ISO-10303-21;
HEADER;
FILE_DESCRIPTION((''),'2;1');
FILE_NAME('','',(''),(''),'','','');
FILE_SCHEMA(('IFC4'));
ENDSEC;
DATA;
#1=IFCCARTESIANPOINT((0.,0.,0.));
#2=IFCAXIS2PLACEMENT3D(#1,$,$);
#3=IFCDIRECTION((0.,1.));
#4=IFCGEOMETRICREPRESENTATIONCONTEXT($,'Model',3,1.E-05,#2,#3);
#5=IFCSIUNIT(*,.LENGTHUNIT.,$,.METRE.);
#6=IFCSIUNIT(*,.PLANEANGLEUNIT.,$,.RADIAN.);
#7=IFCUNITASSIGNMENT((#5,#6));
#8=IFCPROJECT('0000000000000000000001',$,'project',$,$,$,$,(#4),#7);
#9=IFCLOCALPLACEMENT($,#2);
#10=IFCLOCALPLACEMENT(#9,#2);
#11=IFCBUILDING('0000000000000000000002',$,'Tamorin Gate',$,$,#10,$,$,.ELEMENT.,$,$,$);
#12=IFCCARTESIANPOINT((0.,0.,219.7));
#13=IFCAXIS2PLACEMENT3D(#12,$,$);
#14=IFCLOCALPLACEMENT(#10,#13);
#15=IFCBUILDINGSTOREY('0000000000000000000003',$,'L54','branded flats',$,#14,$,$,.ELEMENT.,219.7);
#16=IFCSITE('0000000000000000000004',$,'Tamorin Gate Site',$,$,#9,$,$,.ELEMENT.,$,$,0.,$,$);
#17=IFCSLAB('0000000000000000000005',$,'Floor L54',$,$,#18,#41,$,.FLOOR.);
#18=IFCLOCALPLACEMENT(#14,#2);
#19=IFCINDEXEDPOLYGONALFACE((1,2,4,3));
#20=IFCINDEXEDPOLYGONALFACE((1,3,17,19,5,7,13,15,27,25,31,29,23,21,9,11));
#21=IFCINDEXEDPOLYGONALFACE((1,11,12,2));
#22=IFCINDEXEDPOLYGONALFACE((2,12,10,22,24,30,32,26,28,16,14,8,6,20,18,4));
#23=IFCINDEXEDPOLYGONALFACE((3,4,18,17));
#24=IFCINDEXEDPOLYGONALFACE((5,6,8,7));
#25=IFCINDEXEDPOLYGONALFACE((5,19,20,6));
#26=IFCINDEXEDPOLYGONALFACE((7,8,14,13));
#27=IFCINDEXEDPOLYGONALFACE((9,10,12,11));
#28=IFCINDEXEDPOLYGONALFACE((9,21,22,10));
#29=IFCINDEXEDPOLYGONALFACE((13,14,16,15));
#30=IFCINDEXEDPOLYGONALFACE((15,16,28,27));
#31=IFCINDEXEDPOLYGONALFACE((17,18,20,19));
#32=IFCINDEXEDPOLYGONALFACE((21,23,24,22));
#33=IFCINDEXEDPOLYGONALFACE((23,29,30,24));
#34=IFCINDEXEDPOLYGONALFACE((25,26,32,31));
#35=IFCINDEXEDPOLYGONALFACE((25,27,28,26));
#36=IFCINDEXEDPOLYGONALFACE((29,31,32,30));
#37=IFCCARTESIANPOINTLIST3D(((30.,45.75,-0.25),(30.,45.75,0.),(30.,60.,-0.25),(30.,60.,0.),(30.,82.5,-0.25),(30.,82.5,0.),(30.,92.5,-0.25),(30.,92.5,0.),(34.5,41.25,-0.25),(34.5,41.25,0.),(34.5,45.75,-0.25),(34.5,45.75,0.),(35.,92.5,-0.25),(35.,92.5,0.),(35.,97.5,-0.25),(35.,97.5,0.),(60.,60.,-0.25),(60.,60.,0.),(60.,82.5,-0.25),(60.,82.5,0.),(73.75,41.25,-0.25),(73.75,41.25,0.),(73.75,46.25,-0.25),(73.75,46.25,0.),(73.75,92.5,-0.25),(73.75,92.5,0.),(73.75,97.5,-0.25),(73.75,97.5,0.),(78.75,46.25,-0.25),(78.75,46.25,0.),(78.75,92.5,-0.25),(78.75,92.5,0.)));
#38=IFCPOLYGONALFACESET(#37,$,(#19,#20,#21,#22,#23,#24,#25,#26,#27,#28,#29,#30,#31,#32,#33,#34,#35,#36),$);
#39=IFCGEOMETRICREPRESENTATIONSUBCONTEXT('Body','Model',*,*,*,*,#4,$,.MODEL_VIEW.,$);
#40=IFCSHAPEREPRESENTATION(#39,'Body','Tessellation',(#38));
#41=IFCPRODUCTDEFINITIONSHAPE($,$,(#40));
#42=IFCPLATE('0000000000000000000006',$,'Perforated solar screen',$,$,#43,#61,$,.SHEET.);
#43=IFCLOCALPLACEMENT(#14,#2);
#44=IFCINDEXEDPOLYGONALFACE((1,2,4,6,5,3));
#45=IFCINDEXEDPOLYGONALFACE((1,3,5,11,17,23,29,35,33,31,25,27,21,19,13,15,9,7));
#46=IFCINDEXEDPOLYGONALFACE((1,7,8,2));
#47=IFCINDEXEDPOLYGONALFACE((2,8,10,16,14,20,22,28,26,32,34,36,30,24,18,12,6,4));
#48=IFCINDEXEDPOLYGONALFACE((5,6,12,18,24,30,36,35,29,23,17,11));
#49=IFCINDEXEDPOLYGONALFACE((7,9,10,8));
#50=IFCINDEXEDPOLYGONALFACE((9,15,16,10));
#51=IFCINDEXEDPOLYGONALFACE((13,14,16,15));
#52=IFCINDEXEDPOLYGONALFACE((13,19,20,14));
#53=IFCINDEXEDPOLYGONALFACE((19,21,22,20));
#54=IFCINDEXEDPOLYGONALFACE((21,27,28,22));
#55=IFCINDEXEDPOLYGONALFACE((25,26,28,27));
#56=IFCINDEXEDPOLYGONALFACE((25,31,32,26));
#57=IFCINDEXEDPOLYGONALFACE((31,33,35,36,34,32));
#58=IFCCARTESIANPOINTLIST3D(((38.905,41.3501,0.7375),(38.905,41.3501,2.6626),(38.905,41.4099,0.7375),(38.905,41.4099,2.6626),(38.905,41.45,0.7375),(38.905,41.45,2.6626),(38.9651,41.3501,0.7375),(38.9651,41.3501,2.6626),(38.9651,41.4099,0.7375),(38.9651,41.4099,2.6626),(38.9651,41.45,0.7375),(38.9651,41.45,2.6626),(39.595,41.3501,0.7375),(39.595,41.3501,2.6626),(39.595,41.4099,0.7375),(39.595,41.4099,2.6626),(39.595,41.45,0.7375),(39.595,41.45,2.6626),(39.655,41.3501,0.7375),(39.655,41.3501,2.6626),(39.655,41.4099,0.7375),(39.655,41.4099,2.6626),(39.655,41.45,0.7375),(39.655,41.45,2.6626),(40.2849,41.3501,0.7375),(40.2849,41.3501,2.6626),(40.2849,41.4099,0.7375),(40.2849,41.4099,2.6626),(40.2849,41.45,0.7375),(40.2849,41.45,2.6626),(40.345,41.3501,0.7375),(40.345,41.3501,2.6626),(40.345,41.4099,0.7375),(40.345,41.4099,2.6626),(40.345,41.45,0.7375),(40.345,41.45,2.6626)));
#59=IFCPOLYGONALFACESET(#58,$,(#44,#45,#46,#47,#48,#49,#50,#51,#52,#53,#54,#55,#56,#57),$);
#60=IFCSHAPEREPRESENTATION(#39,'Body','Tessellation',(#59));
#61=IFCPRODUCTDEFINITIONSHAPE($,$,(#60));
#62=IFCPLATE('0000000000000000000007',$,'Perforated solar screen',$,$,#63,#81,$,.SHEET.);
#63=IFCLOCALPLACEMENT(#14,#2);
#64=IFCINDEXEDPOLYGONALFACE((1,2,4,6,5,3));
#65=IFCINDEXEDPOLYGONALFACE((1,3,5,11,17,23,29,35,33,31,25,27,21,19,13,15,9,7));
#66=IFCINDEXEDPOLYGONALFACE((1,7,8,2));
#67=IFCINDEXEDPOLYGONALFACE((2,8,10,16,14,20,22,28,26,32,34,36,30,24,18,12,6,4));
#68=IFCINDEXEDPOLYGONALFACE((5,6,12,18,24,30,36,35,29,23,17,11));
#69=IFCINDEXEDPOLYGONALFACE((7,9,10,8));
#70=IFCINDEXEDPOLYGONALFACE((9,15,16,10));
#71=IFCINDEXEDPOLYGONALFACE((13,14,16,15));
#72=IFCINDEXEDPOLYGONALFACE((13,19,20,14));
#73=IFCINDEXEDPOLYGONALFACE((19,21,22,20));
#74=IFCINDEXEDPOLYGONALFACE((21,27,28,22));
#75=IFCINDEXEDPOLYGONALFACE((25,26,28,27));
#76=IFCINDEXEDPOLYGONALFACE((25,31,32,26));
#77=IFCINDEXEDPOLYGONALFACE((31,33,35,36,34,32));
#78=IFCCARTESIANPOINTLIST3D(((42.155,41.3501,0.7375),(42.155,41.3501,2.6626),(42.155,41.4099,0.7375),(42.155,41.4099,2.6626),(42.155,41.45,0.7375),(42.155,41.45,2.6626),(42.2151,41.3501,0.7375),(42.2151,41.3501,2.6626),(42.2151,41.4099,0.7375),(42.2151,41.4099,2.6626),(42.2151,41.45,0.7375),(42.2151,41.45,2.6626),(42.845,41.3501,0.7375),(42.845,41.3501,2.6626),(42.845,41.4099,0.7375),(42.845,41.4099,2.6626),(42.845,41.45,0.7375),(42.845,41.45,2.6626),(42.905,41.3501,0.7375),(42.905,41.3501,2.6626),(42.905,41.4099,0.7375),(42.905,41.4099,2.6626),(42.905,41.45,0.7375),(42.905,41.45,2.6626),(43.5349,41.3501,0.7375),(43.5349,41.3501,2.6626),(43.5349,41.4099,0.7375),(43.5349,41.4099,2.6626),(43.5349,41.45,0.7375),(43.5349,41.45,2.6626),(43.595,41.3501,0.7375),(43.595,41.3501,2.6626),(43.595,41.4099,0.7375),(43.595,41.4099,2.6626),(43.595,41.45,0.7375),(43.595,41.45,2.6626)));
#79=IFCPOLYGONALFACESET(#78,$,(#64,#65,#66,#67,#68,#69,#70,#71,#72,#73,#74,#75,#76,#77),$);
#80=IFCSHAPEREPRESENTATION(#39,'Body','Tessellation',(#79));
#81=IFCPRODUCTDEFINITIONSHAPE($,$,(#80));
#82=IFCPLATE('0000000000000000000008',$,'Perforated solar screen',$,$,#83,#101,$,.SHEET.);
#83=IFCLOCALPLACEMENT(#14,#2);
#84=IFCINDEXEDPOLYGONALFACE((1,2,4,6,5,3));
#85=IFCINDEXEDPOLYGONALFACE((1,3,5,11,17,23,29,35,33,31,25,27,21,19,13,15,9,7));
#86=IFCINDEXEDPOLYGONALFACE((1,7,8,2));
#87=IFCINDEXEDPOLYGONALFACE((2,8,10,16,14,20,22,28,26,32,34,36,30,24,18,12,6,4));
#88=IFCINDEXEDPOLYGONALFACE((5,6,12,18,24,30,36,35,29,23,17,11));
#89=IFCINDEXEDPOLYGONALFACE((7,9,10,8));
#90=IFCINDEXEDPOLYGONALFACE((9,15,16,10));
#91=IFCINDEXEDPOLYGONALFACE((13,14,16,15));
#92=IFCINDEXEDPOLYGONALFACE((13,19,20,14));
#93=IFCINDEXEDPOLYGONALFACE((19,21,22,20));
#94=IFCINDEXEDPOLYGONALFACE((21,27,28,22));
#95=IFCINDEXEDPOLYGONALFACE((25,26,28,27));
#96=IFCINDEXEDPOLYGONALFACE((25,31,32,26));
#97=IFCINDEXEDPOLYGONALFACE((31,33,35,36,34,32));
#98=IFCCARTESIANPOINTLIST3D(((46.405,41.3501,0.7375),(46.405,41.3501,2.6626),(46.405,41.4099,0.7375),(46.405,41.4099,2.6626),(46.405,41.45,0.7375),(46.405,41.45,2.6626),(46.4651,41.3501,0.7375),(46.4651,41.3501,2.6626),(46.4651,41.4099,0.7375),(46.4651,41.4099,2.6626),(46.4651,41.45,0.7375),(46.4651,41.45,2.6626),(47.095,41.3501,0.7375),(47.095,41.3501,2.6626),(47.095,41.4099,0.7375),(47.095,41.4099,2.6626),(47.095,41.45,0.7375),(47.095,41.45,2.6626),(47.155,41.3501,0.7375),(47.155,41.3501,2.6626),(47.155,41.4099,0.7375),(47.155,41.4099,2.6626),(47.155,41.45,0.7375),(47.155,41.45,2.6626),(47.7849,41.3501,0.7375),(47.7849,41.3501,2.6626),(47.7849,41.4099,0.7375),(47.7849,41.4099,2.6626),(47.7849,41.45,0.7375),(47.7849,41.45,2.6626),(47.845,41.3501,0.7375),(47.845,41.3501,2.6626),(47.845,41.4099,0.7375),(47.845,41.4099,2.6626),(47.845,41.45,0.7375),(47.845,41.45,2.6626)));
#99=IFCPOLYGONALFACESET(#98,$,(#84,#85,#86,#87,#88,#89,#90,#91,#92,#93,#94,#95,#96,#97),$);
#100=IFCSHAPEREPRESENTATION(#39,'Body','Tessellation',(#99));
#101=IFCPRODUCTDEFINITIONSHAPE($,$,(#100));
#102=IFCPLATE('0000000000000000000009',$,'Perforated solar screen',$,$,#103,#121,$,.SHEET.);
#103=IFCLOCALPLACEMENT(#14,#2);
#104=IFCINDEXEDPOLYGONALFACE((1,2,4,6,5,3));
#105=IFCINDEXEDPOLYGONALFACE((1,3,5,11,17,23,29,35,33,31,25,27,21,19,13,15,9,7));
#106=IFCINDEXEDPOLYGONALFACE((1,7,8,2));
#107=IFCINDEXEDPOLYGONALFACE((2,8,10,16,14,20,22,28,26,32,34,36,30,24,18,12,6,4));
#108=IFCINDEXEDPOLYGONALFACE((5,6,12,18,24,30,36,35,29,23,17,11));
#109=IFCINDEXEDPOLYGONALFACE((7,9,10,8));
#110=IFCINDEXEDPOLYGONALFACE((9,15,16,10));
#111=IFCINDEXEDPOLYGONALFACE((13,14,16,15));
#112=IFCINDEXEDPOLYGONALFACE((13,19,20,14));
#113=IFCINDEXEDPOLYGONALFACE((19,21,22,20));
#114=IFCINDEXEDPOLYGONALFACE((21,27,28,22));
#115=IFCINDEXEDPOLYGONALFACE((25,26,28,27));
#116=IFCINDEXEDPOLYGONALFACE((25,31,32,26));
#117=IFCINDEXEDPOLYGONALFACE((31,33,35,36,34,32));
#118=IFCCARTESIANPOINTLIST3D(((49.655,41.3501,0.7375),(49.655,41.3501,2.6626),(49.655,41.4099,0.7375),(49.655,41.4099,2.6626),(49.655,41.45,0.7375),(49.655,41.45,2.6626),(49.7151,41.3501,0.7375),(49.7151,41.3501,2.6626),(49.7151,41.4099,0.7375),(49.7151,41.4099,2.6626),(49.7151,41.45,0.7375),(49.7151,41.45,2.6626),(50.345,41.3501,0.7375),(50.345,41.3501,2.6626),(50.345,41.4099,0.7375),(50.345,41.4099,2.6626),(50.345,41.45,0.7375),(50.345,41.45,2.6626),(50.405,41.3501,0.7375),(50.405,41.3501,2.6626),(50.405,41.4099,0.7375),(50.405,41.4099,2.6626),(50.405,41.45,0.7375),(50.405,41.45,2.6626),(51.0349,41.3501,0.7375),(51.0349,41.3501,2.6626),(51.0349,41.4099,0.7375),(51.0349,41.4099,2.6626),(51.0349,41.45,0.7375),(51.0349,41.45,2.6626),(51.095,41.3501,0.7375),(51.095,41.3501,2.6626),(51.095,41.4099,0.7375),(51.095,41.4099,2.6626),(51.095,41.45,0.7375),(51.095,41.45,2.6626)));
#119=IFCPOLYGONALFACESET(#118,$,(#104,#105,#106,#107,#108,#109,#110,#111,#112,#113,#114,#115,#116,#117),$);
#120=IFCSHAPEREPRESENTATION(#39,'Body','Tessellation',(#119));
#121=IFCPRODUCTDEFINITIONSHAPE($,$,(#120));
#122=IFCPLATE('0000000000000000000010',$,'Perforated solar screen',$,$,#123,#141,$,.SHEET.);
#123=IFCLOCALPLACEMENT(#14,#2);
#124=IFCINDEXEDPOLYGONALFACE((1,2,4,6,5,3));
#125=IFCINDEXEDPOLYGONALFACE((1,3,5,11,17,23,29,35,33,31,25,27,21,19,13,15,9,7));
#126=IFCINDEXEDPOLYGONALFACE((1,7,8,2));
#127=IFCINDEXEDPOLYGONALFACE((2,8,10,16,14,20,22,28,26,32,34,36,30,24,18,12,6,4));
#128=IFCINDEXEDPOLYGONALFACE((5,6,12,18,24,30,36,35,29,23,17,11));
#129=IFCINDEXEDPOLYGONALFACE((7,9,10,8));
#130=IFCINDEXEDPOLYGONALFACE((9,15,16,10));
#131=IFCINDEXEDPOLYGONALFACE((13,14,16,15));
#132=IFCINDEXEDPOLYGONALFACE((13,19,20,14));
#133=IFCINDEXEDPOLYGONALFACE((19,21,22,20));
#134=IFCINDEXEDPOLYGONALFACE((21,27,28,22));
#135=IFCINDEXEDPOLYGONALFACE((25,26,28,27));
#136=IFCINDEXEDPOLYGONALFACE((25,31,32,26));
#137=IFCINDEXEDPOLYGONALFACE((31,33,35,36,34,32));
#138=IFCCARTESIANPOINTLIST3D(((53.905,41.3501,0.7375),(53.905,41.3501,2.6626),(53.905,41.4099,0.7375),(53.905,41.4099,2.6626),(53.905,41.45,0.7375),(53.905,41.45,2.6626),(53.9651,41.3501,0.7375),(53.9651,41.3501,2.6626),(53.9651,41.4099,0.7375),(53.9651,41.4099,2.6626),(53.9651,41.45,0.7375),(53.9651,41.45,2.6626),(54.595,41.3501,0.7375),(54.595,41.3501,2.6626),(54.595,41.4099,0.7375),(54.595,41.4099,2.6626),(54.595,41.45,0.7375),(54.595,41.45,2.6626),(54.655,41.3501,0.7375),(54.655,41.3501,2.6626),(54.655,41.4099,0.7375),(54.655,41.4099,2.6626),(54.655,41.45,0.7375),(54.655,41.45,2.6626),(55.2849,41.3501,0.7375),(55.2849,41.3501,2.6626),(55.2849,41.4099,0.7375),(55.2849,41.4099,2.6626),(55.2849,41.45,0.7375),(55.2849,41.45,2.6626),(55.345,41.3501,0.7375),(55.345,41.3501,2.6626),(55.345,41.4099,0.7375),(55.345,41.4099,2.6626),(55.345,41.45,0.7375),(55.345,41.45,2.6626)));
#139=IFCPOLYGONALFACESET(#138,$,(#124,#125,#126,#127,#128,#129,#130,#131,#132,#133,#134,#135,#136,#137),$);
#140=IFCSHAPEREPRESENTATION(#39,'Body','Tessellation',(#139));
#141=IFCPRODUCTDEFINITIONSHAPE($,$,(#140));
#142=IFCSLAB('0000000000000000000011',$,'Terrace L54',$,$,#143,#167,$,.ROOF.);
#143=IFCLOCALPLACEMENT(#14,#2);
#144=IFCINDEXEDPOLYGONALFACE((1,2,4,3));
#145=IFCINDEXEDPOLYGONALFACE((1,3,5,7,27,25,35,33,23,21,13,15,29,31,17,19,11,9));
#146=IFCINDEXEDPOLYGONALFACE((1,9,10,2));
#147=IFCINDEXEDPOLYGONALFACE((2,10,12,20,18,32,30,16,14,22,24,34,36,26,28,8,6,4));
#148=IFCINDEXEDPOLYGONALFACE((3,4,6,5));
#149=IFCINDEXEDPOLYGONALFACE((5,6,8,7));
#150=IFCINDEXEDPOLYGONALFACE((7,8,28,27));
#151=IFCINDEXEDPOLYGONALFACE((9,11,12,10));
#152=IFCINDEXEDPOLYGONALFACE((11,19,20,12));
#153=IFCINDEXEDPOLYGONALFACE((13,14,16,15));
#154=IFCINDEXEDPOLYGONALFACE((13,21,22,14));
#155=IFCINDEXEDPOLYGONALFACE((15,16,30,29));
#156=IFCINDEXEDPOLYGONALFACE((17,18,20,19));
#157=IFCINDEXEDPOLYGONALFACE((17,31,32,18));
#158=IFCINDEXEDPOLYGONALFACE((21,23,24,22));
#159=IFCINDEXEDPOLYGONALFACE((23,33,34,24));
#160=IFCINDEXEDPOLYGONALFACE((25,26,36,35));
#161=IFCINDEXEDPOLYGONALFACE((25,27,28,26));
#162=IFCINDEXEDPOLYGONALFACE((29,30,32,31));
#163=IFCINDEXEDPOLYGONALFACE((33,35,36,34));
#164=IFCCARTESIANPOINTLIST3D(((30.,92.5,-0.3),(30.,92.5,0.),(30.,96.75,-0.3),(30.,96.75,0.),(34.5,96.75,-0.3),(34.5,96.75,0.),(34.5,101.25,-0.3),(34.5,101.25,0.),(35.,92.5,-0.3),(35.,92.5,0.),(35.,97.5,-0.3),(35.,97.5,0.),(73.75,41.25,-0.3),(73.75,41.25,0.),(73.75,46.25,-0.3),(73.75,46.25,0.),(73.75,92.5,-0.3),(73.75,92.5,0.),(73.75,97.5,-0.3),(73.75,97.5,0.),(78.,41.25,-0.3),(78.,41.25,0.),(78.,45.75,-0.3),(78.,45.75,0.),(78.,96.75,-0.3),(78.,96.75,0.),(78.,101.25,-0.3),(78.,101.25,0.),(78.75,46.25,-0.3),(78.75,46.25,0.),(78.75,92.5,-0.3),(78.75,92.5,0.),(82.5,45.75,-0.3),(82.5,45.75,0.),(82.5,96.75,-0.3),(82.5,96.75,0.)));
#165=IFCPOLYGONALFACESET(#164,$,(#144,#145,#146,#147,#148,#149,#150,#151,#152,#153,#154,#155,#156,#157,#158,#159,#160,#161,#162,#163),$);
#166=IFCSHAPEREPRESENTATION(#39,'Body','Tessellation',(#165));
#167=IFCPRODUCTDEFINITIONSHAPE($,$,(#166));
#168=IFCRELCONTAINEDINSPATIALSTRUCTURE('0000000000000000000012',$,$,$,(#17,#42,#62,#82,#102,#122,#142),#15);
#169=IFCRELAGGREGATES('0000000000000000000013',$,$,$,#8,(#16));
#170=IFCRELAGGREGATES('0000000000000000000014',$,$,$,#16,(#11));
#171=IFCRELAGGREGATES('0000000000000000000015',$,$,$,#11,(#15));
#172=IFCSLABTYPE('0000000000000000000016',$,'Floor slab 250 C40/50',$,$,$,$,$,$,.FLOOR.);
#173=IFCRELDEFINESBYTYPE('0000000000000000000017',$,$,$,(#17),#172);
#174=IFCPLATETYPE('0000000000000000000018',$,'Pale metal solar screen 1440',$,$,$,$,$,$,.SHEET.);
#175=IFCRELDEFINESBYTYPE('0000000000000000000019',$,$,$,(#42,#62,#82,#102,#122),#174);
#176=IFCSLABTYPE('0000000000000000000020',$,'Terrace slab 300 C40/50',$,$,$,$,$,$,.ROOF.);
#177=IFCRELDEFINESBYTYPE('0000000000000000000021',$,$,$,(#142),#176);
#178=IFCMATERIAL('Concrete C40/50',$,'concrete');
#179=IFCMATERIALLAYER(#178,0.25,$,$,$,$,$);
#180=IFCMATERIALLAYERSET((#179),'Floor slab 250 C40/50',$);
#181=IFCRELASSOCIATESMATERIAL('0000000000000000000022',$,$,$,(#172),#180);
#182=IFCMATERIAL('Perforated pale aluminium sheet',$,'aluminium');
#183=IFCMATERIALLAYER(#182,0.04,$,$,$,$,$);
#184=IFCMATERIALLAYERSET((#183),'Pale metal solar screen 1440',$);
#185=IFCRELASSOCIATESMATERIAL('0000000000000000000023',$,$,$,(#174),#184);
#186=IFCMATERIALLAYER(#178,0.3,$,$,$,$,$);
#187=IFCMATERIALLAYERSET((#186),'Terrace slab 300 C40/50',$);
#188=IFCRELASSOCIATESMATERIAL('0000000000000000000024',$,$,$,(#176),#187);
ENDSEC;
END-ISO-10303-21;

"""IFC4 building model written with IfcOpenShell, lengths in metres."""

from ifc_helpers import new_model, si_unit, direction, frame, origin, place, context, subcontext, project, spatial, polyline, outline, extrude, material, layer, layer_set, type_object, element, save


model = new_model("IFC4")

# Units and contexts
model_context = context("Model", 3, precision=1e-05, world=origin(), true_north=direction((0.0, 1.0)))
body_context = subcontext(model_context, "Body", "Model", "MODEL_VIEW")
ifc_project = project(units=[si_unit("LENGTHUNIT", "METRE"), si_unit("PLANEANGLEUNIT", "RADIAN")], contexts=[model_context])

# Site, building, storey
site_placement = place(None, origin())
site = spatial("IfcSite", under=ifc_project, at=site_placement, Name="Tamorin Gate Site", CompositionType="ELEMENT", RefElevation=0.0)
building_placement = place(site_placement, origin())
building = spatial("IfcBuilding", under=site, at=building_placement, Name="Tamorin Gate", CompositionType="ELEMENT")
storey_placement = place(building_placement, frame((0.0, 0.0, 219.7)))
storey = spatial("IfcBuildingStorey", under=building, at=storey_placement, Name="L54", Description="branded flats", CompositionType="ELEMENT", Elevation=219.7)

# Slab
ifc_material_1 = material(Name="Concrete C40/50", Category="concrete")
ifc_layer_1 = layer(ifc_material_1, 0.25)
ifc_layer_set_1 = layer_set([ifc_layer_1], Name="Floor slab 250 C40/50")
slab_type_1 = type_object("IfcSlabType", Name="Floor slab 250 C40/50", PredefinedType="FLOOR", material=ifc_layer_set_1)
slab_1_placement = place(storey_placement, frame((0.0, 0.0, -0.25)))
element("IfcSlab", 1, at=slab_1_placement, inside=storey, type_object=slab_type_1, Name="Floor L54", PredefinedType="FLOOR", context=body_context, shape_type="SweptSolid", body=[
    extrude(outline(polyline([(30.0, 45.75), (30.0, 60.0), (60.0, 60.0), (60.0, 82.5), (30.0, 82.5), (30.0, 92.5), (35.0, 92.5), (35.0, 97.5), (73.75, 97.5), (73.75, 92.5), (78.75, 92.5), (78.75, 46.25), (73.75, 46.25), (73.75, 41.25), (34.5, 41.25), (34.5, 45.75), (30.0, 45.75)])), origin(), (0.0, 0.0, 1.0), 0.25),
])

# Plates
ifc_material_2 = material(Name="Perforated pale aluminium sheet", Category="aluminium")
ifc_layer_2 = layer(ifc_material_2, 0.04)
ifc_layer_set_2 = layer_set([ifc_layer_2], Name="Pale metal solar screen 1440")
plate_type = type_object("IfcPlateType", Name="Pale metal solar screen 1440", PredefinedType="SHEET", material=ifc_layer_set_2)
plate_1_placement = place(storey_placement, frame((0.0, 0.0, 0.7375)))
element("IfcPlate", 2, at=plate_1_placement, inside=storey, type_object=plate_type, Name="Perforated solar screen", PredefinedType="SHEET", context=body_context, shape_type="SweptSolid", body=[
    extrude(outline(polyline([(38.905, 41.4099), (38.905, 41.45), (38.9651, 41.45), (39.595, 41.45), (39.655, 41.45), (40.2849, 41.45), (40.345, 41.45), (40.345, 41.45), (40.345, 41.4099), (40.345, 41.4099), (40.345, 41.3501), (40.2849, 41.3501), (40.2849, 41.4099), (39.655, 41.4099), (39.655, 41.3501), (39.595, 41.3501), (39.595, 41.4099), (38.9651, 41.4099), (38.9651, 41.3501), (38.905, 41.3501), (38.905, 41.4099)])), origin(), (0.0, 0.0, 1.0), 1.925),
])
plate_2_placement = place(storey_placement, frame((0.0, 0.0, 0.7375)))
element("IfcPlate", 3, at=plate_2_placement, inside=storey, type_object=plate_type, Name="Perforated solar screen", PredefinedType="SHEET", context=body_context, shape_type="SweptSolid", body=[
    extrude(outline(polyline([(42.155, 41.4099), (42.155, 41.45), (42.2151, 41.45), (42.845, 41.45), (42.905, 41.45), (43.5349, 41.45), (43.595, 41.45), (43.595, 41.4099), (43.595, 41.3501), (43.5349, 41.3501), (43.5349, 41.4099), (42.905, 41.4099), (42.905, 41.3501), (42.845, 41.3501), (42.845, 41.4099), (42.2151, 41.4099), (42.2151, 41.3501), (42.155, 41.3501), (42.155, 41.4099)])), origin(), (0.0, 0.0, 1.0), 1.925),
])
plate_3_placement = place(storey_placement, frame((0.0, 0.0, 0.7375)))
element("IfcPlate", 4, at=plate_3_placement, inside=storey, type_object=plate_type, Name="Perforated solar screen", PredefinedType="SHEET", context=body_context, shape_type="SweptSolid", body=[
    extrude(outline(polyline([(46.405, 41.4099), (46.405, 41.45), (46.4651, 41.45), (47.095, 41.45), (47.155, 41.45), (47.7849, 41.45), (47.845, 41.45), (47.845, 41.4099), (47.845, 41.3501), (47.7849, 41.3501), (47.7849, 41.4099), (47.155, 41.4099), (47.155, 41.3501), (47.095, 41.3501), (47.095, 41.4099), (46.4651, 41.4099), (46.4651, 41.3501), (46.405, 41.3501), (46.405, 41.4099)])), origin(), (0.0, 0.0, 1.0), 1.925),
])
plate_4_placement = place(storey_placement, frame((0.0, 0.0, 0.7375)))
element("IfcPlate", 5, at=plate_4_placement, inside=storey, type_object=plate_type, Name="Perforated solar screen", PredefinedType="SHEET", context=body_context, shape_type="SweptSolid", body=[
    extrude(outline(polyline([(49.655, 41.4099), (49.655, 41.45), (49.7151, 41.45), (50.345, 41.45), (50.405, 41.45), (51.0349, 41.45), (51.095, 41.45), (51.095, 41.4099), (51.095, 41.3501), (51.0349, 41.3501), (51.0349, 41.4099), (50.405, 41.4099), (50.405, 41.3501), (50.345, 41.3501), (50.345, 41.4099), (49.7151, 41.4099), (49.7151, 41.3501), (49.655, 41.3501), (49.655, 41.4099)])), origin(), (0.0, 0.0, 1.0), 1.925),
])
plate_5_placement = place(storey_placement, frame((0.0, 0.0, 0.7375)))
element("IfcPlate", 6, at=plate_5_placement, inside=storey, type_object=plate_type, Name="Perforated solar screen", PredefinedType="SHEET", context=body_context, shape_type="SweptSolid", body=[
    extrude(outline(polyline([(53.905, 41.4099), (53.905, 41.45), (53.9651, 41.45), (54.595, 41.45), (54.655, 41.45), (55.2849, 41.45), (55.345, 41.45), (55.345, 41.4099), (55.345, 41.3501), (55.2849, 41.3501), (55.2849, 41.4099), (54.655, 41.4099), (54.655, 41.3501), (54.595, 41.3501), (54.595, 41.4099), (53.9651, 41.4099), (53.9651, 41.3501), (53.905, 41.3501), (53.905, 41.4099)])), origin(), (0.0, 0.0, 1.0), 1.925),
])

# Slab
ifc_layer_3 = layer(ifc_material_1, 0.3)
ifc_layer_set_3 = layer_set([ifc_layer_3], Name="Terrace slab 300 C40/50")
slab_type_2 = type_object("IfcSlabType", Name="Terrace slab 300 C40/50", PredefinedType="ROOF", material=ifc_layer_set_3)
slab_2_placement = place(storey_placement, frame((0.0, 0.0, -0.3)))
element("IfcSlab", 7, at=slab_2_placement, inside=storey, type_object=slab_type_2, Name="Terrace L54", PredefinedType="ROOF", context=body_context, shape_type="SweptSolid", body=[
    extrude(outline(polyline([(30.0, 96.75), (34.5, 96.75), (34.5, 101.25), (78.0, 101.25), (78.0, 96.75), (82.5, 96.75), (82.5, 45.75), (78.0, 45.75), (78.0, 41.25), (73.75, 41.25), (73.75, 46.25), (78.75, 46.25), (78.75, 92.5), (73.75, 92.5), (73.75, 97.5), (35.0, 97.5), (35.0, 92.5), (30.0, 92.5), (30.0, 96.75)])), origin(), (0.0, 0.0, 1.0), 0.3),
])

save(model, "model.ifc")
